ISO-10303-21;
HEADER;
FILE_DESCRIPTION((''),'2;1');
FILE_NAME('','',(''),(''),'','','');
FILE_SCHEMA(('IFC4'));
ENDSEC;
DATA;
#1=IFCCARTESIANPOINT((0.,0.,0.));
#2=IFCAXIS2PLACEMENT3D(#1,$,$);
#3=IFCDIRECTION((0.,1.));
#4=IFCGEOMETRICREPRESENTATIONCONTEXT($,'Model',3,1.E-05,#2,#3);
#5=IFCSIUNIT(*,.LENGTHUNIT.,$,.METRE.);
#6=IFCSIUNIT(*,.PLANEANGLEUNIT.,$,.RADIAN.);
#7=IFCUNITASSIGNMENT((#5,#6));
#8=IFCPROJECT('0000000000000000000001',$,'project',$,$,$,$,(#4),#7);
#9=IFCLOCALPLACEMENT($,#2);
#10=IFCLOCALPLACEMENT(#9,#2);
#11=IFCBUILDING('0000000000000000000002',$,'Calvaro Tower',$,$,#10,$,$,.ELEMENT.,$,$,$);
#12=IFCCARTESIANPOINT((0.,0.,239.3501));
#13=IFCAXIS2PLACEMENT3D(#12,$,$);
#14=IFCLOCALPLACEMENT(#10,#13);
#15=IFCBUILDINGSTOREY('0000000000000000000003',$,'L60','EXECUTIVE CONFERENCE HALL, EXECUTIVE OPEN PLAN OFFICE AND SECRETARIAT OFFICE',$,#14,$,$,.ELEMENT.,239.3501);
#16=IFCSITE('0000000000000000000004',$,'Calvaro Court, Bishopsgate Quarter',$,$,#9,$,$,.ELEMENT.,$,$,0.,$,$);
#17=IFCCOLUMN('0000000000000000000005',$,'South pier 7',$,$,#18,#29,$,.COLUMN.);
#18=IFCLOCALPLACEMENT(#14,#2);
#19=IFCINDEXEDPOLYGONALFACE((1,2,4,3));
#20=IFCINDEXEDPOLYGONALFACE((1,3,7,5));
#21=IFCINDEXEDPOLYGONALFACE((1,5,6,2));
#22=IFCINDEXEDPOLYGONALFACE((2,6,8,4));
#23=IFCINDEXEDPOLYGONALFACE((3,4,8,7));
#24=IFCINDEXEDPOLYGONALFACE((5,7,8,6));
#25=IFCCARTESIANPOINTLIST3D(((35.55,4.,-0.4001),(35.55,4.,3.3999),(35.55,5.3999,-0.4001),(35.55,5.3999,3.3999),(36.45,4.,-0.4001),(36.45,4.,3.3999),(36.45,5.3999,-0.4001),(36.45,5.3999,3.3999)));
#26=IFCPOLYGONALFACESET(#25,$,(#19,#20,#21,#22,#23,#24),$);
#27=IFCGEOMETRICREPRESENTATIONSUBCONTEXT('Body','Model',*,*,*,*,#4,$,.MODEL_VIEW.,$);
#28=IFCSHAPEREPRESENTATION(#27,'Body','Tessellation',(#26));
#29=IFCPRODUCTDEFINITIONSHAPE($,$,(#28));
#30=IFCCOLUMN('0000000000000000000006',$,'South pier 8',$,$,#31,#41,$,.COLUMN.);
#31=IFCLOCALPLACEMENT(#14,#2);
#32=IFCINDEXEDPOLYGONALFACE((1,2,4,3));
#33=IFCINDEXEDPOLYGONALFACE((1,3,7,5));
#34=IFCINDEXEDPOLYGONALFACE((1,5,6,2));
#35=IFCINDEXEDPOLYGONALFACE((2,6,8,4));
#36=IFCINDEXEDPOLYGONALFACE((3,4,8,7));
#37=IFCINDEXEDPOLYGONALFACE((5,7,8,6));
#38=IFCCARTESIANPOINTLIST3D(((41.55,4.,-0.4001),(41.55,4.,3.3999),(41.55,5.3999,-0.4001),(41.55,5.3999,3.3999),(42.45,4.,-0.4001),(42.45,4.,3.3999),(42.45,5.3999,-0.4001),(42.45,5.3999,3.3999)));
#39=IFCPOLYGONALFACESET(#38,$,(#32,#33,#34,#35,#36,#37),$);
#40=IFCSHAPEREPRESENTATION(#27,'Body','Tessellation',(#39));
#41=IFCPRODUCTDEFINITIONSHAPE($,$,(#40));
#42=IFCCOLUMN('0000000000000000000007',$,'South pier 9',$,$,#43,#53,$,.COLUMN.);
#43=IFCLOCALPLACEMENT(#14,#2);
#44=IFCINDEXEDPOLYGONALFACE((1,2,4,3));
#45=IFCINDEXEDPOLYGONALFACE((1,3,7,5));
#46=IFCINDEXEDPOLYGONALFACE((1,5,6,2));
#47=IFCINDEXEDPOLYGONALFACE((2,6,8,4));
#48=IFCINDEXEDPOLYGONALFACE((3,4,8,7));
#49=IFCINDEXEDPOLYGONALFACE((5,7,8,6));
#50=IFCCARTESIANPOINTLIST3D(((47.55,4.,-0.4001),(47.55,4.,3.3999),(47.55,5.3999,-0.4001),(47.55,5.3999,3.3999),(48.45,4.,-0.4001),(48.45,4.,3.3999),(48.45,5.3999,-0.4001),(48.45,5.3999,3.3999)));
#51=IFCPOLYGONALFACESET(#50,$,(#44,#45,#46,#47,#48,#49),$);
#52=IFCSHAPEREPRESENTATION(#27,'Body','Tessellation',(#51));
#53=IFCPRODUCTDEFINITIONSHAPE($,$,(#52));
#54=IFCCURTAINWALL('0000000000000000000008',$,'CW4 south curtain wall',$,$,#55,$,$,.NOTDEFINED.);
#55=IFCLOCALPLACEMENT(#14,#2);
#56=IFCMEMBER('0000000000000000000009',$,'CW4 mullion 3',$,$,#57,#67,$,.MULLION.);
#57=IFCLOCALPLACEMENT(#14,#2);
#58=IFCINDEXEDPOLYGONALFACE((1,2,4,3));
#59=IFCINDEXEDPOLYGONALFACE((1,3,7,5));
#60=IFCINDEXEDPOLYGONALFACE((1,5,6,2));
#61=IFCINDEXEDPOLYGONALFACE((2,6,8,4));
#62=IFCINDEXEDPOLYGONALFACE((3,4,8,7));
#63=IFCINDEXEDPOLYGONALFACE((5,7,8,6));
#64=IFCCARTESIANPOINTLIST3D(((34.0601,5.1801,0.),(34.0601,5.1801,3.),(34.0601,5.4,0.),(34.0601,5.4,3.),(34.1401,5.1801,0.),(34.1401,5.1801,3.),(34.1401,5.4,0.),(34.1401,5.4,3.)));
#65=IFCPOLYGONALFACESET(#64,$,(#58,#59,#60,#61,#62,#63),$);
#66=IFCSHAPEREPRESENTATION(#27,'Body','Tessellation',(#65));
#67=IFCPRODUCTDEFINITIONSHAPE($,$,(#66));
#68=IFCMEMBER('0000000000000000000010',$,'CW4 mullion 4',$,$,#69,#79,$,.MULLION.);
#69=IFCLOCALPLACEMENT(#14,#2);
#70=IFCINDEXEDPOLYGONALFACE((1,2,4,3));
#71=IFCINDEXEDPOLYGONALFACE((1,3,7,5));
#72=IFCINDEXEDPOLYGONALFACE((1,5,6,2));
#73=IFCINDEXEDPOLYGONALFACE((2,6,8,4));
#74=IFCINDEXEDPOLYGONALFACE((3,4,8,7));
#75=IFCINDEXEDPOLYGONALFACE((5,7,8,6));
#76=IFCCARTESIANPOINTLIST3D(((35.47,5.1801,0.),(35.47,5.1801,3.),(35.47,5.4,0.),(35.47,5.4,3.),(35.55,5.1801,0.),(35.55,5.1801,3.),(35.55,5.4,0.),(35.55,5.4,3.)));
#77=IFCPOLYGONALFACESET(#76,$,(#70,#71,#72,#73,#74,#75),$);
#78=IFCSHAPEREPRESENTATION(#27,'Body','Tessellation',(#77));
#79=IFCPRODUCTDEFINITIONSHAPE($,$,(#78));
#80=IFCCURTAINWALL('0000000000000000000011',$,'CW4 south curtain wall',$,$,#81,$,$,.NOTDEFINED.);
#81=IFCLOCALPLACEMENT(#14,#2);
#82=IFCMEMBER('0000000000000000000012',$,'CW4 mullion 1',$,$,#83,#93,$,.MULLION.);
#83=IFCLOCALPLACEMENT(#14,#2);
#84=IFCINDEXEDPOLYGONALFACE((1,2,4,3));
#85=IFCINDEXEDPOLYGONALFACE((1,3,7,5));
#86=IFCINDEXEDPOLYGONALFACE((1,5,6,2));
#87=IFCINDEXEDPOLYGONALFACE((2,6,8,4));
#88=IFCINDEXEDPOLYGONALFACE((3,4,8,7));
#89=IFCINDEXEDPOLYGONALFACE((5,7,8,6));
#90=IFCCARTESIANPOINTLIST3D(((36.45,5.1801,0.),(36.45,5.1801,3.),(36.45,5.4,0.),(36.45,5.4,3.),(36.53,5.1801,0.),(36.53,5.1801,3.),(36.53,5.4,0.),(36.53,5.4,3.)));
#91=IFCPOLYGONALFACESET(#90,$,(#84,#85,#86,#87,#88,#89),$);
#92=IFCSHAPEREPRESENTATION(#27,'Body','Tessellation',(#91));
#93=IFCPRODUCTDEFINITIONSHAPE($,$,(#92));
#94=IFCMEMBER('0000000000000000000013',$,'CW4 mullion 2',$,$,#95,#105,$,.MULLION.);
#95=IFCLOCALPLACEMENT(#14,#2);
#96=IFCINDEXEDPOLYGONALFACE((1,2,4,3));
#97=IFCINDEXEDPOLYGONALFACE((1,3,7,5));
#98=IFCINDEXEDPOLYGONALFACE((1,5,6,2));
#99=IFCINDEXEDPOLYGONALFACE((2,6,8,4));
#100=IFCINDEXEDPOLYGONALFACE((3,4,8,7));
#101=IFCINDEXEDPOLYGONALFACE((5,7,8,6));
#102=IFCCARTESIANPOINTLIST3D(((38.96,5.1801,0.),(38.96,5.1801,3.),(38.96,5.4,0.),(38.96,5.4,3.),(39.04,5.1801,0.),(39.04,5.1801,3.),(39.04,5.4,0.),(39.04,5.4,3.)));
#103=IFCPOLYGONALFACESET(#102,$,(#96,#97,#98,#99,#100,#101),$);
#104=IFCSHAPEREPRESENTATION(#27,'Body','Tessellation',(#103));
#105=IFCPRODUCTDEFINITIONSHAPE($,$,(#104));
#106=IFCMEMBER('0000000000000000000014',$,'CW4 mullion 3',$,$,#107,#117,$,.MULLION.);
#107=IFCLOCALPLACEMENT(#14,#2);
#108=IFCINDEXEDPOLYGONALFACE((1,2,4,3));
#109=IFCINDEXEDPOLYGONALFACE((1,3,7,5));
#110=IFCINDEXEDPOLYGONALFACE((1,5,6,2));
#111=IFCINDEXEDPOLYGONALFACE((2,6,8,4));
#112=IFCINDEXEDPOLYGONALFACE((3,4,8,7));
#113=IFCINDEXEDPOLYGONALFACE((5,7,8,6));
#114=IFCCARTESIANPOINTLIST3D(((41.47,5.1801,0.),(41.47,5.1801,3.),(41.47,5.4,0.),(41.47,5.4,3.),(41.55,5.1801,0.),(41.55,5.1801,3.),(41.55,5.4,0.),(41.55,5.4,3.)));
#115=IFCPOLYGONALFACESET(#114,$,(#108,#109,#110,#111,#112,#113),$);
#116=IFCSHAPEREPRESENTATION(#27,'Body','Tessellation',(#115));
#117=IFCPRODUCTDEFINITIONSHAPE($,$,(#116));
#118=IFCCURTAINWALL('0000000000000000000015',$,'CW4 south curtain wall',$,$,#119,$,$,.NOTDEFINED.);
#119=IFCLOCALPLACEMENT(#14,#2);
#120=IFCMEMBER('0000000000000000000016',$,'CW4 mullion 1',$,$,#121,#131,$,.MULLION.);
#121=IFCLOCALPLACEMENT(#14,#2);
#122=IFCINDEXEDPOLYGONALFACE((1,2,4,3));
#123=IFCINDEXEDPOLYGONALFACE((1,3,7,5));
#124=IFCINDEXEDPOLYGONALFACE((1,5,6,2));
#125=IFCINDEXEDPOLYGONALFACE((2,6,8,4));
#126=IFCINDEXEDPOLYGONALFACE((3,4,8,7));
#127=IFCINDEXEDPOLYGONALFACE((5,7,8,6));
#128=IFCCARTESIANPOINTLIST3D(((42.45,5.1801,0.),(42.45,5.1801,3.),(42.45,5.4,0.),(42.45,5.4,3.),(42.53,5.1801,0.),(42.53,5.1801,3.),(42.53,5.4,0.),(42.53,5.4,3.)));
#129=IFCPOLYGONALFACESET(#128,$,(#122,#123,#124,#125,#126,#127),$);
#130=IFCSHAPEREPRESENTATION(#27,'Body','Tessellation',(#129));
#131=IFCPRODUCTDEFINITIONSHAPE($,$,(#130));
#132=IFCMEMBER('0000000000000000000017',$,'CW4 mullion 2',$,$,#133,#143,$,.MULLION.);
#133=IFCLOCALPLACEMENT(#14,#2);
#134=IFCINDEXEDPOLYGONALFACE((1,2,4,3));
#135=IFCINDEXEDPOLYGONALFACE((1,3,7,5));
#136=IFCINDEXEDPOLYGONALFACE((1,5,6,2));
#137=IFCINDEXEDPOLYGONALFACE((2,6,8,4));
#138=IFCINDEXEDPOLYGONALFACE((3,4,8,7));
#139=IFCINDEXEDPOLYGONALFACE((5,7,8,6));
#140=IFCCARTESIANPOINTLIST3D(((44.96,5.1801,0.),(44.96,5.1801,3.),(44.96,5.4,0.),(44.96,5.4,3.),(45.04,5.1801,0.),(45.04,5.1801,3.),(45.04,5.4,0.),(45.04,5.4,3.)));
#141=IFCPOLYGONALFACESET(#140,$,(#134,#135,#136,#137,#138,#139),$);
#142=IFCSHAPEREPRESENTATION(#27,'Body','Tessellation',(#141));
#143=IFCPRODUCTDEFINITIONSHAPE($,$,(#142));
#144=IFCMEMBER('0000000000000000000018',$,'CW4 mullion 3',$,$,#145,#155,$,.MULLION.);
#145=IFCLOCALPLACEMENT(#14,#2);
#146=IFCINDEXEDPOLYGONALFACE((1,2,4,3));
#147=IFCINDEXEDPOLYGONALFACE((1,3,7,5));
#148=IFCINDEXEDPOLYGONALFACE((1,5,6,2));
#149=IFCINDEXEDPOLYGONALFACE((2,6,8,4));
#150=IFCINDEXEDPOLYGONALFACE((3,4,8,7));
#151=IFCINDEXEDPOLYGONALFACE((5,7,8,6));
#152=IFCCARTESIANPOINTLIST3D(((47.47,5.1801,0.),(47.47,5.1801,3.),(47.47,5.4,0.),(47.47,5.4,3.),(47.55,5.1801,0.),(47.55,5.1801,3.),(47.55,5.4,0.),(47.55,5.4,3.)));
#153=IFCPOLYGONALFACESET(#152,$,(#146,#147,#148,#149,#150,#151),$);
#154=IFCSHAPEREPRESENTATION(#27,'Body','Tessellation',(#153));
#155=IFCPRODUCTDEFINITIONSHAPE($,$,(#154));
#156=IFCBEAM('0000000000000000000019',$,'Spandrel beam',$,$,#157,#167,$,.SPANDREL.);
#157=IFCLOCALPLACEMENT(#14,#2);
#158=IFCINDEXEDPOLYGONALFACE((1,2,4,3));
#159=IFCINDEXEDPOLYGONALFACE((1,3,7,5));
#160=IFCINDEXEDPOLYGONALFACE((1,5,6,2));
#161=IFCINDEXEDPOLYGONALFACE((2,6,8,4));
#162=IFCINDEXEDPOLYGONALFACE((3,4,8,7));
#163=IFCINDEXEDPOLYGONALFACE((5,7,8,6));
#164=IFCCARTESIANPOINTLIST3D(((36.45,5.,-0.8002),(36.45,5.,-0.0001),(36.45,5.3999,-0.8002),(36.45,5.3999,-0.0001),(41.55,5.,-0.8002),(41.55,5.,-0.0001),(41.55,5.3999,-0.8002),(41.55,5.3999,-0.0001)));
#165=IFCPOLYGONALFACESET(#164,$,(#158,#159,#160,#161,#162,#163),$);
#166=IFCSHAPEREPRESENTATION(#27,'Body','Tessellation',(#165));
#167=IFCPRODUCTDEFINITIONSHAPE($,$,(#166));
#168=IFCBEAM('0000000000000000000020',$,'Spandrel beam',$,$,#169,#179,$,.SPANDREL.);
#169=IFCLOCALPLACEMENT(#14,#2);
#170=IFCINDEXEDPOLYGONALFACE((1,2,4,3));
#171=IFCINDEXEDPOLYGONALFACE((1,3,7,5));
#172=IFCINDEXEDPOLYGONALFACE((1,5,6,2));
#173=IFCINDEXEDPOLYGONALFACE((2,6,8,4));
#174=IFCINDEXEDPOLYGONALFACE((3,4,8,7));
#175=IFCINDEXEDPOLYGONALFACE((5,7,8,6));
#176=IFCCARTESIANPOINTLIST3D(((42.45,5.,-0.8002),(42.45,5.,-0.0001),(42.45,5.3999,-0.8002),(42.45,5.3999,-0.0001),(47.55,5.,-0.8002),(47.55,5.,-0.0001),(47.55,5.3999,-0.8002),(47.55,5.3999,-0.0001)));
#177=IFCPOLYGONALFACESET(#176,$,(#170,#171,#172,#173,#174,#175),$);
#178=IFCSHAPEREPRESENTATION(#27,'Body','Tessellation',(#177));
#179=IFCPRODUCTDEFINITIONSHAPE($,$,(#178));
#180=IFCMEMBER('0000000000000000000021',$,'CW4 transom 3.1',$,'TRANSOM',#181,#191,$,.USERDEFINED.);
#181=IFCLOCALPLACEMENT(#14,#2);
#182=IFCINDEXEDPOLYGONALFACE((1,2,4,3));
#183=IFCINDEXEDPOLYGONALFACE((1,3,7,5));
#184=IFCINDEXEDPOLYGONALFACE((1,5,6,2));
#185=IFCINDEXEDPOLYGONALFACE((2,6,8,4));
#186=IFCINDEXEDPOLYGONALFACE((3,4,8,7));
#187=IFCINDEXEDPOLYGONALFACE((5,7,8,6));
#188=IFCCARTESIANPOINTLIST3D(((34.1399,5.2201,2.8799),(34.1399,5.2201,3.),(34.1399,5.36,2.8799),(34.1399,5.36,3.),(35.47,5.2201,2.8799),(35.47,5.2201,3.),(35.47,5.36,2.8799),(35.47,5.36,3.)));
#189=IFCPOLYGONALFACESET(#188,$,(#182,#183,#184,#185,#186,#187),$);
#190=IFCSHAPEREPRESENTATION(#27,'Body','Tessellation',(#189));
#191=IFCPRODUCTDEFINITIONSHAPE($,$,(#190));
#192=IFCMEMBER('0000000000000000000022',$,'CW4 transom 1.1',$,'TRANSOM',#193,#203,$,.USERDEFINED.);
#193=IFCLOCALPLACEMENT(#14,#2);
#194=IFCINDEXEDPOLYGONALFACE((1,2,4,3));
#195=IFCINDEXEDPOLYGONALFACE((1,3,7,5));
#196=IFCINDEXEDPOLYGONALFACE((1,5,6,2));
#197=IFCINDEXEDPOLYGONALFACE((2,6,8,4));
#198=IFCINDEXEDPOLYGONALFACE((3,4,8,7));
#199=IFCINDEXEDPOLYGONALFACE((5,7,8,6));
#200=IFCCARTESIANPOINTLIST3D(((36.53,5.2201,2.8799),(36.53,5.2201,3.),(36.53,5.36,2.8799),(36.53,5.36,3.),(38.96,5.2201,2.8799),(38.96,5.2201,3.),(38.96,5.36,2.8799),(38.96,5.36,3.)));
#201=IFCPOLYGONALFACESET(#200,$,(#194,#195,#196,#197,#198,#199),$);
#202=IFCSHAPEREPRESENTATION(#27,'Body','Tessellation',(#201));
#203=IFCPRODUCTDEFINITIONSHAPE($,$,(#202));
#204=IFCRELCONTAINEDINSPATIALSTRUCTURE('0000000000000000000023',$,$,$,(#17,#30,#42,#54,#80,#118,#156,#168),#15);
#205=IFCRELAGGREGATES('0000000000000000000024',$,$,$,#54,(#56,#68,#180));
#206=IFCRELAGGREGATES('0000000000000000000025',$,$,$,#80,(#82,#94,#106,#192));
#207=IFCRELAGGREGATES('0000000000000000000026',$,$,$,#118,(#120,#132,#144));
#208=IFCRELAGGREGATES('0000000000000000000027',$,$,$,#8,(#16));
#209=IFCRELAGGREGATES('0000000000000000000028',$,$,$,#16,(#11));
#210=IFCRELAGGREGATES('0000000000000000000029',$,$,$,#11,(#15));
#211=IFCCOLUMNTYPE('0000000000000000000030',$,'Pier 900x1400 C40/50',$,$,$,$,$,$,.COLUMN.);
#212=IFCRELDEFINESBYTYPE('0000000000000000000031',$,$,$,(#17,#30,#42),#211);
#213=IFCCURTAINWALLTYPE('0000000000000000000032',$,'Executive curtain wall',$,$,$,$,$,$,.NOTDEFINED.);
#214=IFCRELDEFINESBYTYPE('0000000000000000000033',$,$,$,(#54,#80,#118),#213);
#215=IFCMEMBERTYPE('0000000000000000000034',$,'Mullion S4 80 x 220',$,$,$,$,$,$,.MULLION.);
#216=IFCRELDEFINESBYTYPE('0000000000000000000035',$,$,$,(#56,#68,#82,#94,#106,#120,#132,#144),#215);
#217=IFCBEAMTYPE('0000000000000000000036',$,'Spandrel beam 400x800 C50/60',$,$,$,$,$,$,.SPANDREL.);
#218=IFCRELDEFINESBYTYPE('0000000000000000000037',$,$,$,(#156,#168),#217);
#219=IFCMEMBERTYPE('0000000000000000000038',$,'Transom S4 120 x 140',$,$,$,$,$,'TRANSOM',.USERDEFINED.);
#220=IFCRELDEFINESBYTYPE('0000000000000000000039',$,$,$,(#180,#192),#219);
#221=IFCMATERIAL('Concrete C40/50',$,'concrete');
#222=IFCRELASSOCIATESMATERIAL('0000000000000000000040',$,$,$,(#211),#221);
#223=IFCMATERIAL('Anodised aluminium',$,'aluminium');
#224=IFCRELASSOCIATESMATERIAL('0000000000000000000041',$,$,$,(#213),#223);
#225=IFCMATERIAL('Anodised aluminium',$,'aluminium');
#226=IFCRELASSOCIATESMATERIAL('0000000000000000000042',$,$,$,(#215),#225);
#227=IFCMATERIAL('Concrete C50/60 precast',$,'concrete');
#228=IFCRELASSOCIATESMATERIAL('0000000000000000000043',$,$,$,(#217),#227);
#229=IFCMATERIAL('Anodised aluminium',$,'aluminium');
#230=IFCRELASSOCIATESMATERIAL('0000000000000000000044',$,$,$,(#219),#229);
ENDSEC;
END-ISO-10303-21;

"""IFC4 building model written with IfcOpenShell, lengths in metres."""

from ifc_helpers import new_model, si_unit, direction, frame, origin, origin_2d, place, context, subcontext, project, spatial, rectangle, extrude, material, material_profile, profile_set, type_object, element, aggregate, save


model = new_model("IFC4")

# Units and contexts
model_context = context("Model", 3, precision=1e-05, world=origin(), true_north=direction((0.0, 1.0)))
body_context = subcontext(model_context, "Body", "Model", "MODEL_VIEW")
ifc_project = project(units=[si_unit("LENGTHUNIT", "METRE"), si_unit("PLANEANGLEUNIT", "RADIAN")], contexts=[model_context])

# Site, building, storey
site_placement = place(None, origin())
site = spatial("IfcSite", under=ifc_project, at=site_placement, Name="Calvaro Court, Bishopsgate Quarter", CompositionType="ELEMENT", RefElevation=0.0)
building_placement = place(site_placement, origin())
building = spatial("IfcBuilding", under=site, at=building_placement, Name="Calvaro Tower", CompositionType="ELEMENT")
storey_placement = place(building_placement, frame((0.0, 0.0, 239.3501)))
storey = spatial("IfcBuildingStorey", under=building, at=storey_placement, Name="L60", Description="EXECUTIVE CONFERENCE HALL, EXECUTIVE OPEN PLAN OFFICE AND SECRETARIAT OFFICE", CompositionType="ELEMENT", Elevation=239.3501)

# Columns
ifc_material_1 = material(Name="Concrete C40/50", Category="concrete")
ifc_material_profile_1 = material_profile(ifc_material_1, rectangle(XDim=0.8999, YDim=1.3999, at=origin_2d()), Name="RC 900x1400")
ifc_profile_set_1 = profile_set([ifc_material_profile_1], Name="Concrete C40/50")
column_type = type_object("IfcColumnType", Name="Pier 900x1400 C40/50", PredefinedType="COLUMN", material=ifc_profile_set_1)
for number, where, z_axis, x_axis, name in (
    (1, (36.0, 4.7, -0.4001), (0.0, 0.0, 1.0), (1.0, 0.0, 0.0), "South pier 7"),
    (2, (42.0, 4.7, -0.4001), (0.0, 0.0, 1.0), (1.0, 0.0, 0.0), "South pier 8"),
    (3, (48.0, 4.7, -0.4001), (0.0, 0.0, 1.0), (1.0, 0.0, 0.0), "South pier 9"),
):
    element("IfcColumn", number, at=place(storey_placement, frame(where, z_axis=z_axis, x_axis=x_axis)), inside=storey, type_object=column_type, Name=name, PredefinedType="COLUMN", context=body_context, shape_type="SweptSolid", body=[
        extrude(rectangle(XDim=0.8999, YDim=1.3999, at=origin_2d()), origin(), (0.0, 0.0, 1.0), 3.8),
    ])

# Curtain walls, members
ifc_material_2 = material(Name="Anodised aluminium", Category="aluminium")
curtain_wall_type = type_object("IfcCurtainWallType", Name="Executive curtain wall", PredefinedType="NOTDEFINED", material=ifc_material_2)
curtain_wall_1_placement = place(storey_placement, origin())
curtain_wall_1 = element("IfcCurtainWall", 4, at=curtain_wall_1_placement, inside=storey, type_object=curtain_wall_type, Name="CW4 south curtain wall", PredefinedType="NOTDEFINED")
ifc_material_3 = material(Name="Anodised aluminium", Category="aluminium")
ifc_material_profile_2 = material_profile(ifc_material_3, rectangle(XDim=0.22, YDim=0.0801, at=origin_2d()), Name="Mullion S4 80 x 220")
ifc_profile_set_2 = profile_set([ifc_material_profile_2], Name="Anodised aluminium")
member_type_1 = type_object("IfcMemberType", Name="Mullion S4 80 x 220", PredefinedType="MULLION", material=ifc_profile_set_2)
member_1_placement = place(storey_placement, frame((34.1001, 5.29, 0.0), z_axis=(0.0, 0.0, 1.0), x_axis=(0.0, 1.0, 0.0)))
member_1 = element("IfcMember", 5, at=member_1_placement, type_object=member_type_1, Name="CW4 mullion 3", PredefinedType="MULLION", context=body_context, shape_type="SweptSolid", body=[
    extrude(rectangle(XDim=0.22, YDim=0.0801, at=origin_2d()), origin(), (0.0, 0.0, 1.0), 3.0),
])
member_2_placement = place(storey_placement, frame((35.51, 5.29, 0.0), z_axis=(0.0, 0.0, 1.0), x_axis=(0.0, 1.0, 0.0)))
member_2 = element("IfcMember", 6, at=member_2_placement, type_object=member_type_1, Name="CW4 mullion 4", PredefinedType="MULLION", context=body_context, shape_type="SweptSolid", body=[
    extrude(rectangle(XDim=0.22, YDim=0.0801, at=origin_2d()), origin(), (0.0, 0.0, 1.0), 3.0),
])
curtain_wall_2_placement = place(storey_placement, origin())
curtain_wall_2 = element("IfcCurtainWall", 7, at=curtain_wall_2_placement, inside=storey, type_object=curtain_wall_type, Name="CW4 south curtain wall", PredefinedType="NOTDEFINED")
member_3_placement = place(storey_placement, frame((36.49, 5.29, 0.0), z_axis=(0.0, 0.0, 1.0), x_axis=(0.0, 1.0, 0.0)))
member_3 = element("IfcMember", 8, at=member_3_placement, type_object=member_type_1, Name="CW4 mullion 1", PredefinedType="MULLION", context=body_context, shape_type="SweptSolid", body=[
    extrude(rectangle(XDim=0.22, YDim=0.0801, at=origin_2d()), origin(), (0.0, 0.0, 1.0), 3.0),
])
member_4_placement = place(storey_placement, frame((39.0, 5.29, 0.0), z_axis=(0.0, 0.0, 1.0), x_axis=(0.0, 1.0, 0.0)))
member_4 = element("IfcMember", 9, at=member_4_placement, type_object=member_type_1, Name="CW4 mullion 2", PredefinedType="MULLION", context=body_context, shape_type="SweptSolid", body=[
    extrude(rectangle(XDim=0.22, YDim=0.0801, at=origin_2d()), origin(), (0.0, 0.0, 1.0), 3.0),
])
member_5_placement = place(storey_placement, frame((41.51, 5.29, 0.0), z_axis=(0.0, 0.0, 1.0), x_axis=(0.0, 1.0, 0.0)))
member_5 = element("IfcMember", 10, at=member_5_placement, type_object=member_type_1, Name="CW4 mullion 3", PredefinedType="MULLION", context=body_context, shape_type="SweptSolid", body=[
    extrude(rectangle(XDim=0.22, YDim=0.0801, at=origin_2d()), origin(), (0.0, 0.0, 1.0), 3.0),
])
curtain_wall_3_placement = place(storey_placement, origin())
curtain_wall_3 = element("IfcCurtainWall", 11, at=curtain_wall_3_placement, inside=storey, type_object=curtain_wall_type, Name="CW4 south curtain wall", PredefinedType="NOTDEFINED")
member_6_placement = place(storey_placement, frame((42.49, 5.29, 0.0), z_axis=(0.0, 0.0, 1.0), x_axis=(0.0, 1.0, 0.0)))
member_6 = element("IfcMember", 12, at=member_6_placement, type_object=member_type_1, Name="CW4 mullion 1", PredefinedType="MULLION", context=body_context, shape_type="SweptSolid", body=[
    extrude(rectangle(XDim=0.22, YDim=0.0801, at=origin_2d()), origin(), (0.0, 0.0, 1.0), 3.0),
])
member_7_placement = place(storey_placement, frame((45.0, 5.29, 0.0), z_axis=(0.0, 0.0, 1.0), x_axis=(0.0, 1.0, 0.0)))
member_7 = element("IfcMember", 13, at=member_7_placement, type_object=member_type_1, Name="CW4 mullion 2", PredefinedType="MULLION", context=body_context, shape_type="SweptSolid", body=[
    extrude(rectangle(XDim=0.22, YDim=0.0801, at=origin_2d()), origin(), (0.0, 0.0, 1.0), 3.0),
])
member_8_placement = place(storey_placement, frame((47.51, 5.29, 0.0), z_axis=(0.0, 0.0, 1.0), x_axis=(0.0, 1.0, 0.0)))
member_8 = element("IfcMember", 14, at=member_8_placement, type_object=member_type_1, Name="CW4 mullion 3", PredefinedType="MULLION", context=body_context, shape_type="SweptSolid", body=[
    extrude(rectangle(XDim=0.22, YDim=0.0801, at=origin_2d()), origin(), (0.0, 0.0, 1.0), 3.0),
])

# Beams
ifc_material_4 = material(Name="Concrete C50/60 precast", Category="concrete")
ifc_material_profile_3 = material_profile(ifc_material_4, rectangle(XDim=0.3999, YDim=0.8, at=origin_2d()), Name="RC 400x800")
ifc_profile_set_3 = profile_set([ifc_material_profile_3], Name="Concrete C50/60 precast")
beam_type = type_object("IfcBeamType", Name="Spandrel beam 400x800 C50/60", PredefinedType="SPANDREL", material=ifc_profile_set_3)
for number, where, z_axis, x_axis, name in (
    (15, (36.45, 5.2, -0.4001), (1.0, 0.0, 0.0), (0.0, 1.0, 0.0), "Spandrel beam"),
    (16, (42.45, 5.2, -0.4001), (1.0, 0.0, 0.0), (0.0, 1.0, 0.0), "Spandrel beam"),
):
    element("IfcBeam", number, at=place(storey_placement, frame(where, z_axis=z_axis, x_axis=x_axis)), inside=storey, type_object=beam_type, Name=name, PredefinedType="SPANDREL", context=body_context, shape_type="SweptSolid", body=[
        extrude(rectangle(XDim=0.3999, YDim=0.8, at=origin_2d()), origin(), (0.0, 0.0, 1.0), 5.1001),
    ])

# Members
ifc_material_5 = material(Name="Anodised aluminium", Category="aluminium")
ifc_material_profile_4 = material_profile(ifc_material_5, rectangle(XDim=0.1399, YDim=0.1201, at=origin_2d()), Name="Transom S4 120 x 140")
ifc_profile_set_4 = profile_set([ifc_material_profile_4], Name="Anodised aluminium")
member_type_2 = type_object("IfcMemberType", Name="Transom S4 120 x 140", ElementType="TRANSOM", PredefinedType="USERDEFINED", material=ifc_profile_set_4)
member_9_placement = place(storey_placement, frame((34.1399, 5.29, 2.9399), z_axis=(1.0, 0.0, 0.0), x_axis=(0.0, 1.0, 0.0)))
member_9 = element("IfcMember", 17, at=member_9_placement, type_object=member_type_2, Name="CW4 transom 3.1", ObjectType="TRANSOM", PredefinedType="USERDEFINED", context=body_context, shape_type="SweptSolid", body=[
    extrude(rectangle(XDim=0.1399, YDim=0.1201, at=origin_2d()), origin(), (0.0, 0.0, 1.0), 1.3301),
])
member_10_placement = place(storey_placement, frame((36.53, 5.29, 2.9399), z_axis=(1.0, 0.0, 0.0), x_axis=(0.0, 1.0, 0.0)))
member_10 = element("IfcMember", 18, at=member_10_placement, type_object=member_type_2, Name="CW4 transom 1.1", ObjectType="TRANSOM", PredefinedType="USERDEFINED", context=body_context, shape_type="SweptSolid", body=[
    extrude(rectangle(XDim=0.1399, YDim=0.1201, at=origin_2d()), origin(), (0.0, 0.0, 1.0), 2.4299),
])

aggregate(curtain_wall_1, [member_1, member_2, member_9])
aggregate(curtain_wall_2, [member_3, member_4, member_5, member_10])
aggregate(curtain_wall_3, [member_6, member_7, member_8])

save(model, "model.ifc")
